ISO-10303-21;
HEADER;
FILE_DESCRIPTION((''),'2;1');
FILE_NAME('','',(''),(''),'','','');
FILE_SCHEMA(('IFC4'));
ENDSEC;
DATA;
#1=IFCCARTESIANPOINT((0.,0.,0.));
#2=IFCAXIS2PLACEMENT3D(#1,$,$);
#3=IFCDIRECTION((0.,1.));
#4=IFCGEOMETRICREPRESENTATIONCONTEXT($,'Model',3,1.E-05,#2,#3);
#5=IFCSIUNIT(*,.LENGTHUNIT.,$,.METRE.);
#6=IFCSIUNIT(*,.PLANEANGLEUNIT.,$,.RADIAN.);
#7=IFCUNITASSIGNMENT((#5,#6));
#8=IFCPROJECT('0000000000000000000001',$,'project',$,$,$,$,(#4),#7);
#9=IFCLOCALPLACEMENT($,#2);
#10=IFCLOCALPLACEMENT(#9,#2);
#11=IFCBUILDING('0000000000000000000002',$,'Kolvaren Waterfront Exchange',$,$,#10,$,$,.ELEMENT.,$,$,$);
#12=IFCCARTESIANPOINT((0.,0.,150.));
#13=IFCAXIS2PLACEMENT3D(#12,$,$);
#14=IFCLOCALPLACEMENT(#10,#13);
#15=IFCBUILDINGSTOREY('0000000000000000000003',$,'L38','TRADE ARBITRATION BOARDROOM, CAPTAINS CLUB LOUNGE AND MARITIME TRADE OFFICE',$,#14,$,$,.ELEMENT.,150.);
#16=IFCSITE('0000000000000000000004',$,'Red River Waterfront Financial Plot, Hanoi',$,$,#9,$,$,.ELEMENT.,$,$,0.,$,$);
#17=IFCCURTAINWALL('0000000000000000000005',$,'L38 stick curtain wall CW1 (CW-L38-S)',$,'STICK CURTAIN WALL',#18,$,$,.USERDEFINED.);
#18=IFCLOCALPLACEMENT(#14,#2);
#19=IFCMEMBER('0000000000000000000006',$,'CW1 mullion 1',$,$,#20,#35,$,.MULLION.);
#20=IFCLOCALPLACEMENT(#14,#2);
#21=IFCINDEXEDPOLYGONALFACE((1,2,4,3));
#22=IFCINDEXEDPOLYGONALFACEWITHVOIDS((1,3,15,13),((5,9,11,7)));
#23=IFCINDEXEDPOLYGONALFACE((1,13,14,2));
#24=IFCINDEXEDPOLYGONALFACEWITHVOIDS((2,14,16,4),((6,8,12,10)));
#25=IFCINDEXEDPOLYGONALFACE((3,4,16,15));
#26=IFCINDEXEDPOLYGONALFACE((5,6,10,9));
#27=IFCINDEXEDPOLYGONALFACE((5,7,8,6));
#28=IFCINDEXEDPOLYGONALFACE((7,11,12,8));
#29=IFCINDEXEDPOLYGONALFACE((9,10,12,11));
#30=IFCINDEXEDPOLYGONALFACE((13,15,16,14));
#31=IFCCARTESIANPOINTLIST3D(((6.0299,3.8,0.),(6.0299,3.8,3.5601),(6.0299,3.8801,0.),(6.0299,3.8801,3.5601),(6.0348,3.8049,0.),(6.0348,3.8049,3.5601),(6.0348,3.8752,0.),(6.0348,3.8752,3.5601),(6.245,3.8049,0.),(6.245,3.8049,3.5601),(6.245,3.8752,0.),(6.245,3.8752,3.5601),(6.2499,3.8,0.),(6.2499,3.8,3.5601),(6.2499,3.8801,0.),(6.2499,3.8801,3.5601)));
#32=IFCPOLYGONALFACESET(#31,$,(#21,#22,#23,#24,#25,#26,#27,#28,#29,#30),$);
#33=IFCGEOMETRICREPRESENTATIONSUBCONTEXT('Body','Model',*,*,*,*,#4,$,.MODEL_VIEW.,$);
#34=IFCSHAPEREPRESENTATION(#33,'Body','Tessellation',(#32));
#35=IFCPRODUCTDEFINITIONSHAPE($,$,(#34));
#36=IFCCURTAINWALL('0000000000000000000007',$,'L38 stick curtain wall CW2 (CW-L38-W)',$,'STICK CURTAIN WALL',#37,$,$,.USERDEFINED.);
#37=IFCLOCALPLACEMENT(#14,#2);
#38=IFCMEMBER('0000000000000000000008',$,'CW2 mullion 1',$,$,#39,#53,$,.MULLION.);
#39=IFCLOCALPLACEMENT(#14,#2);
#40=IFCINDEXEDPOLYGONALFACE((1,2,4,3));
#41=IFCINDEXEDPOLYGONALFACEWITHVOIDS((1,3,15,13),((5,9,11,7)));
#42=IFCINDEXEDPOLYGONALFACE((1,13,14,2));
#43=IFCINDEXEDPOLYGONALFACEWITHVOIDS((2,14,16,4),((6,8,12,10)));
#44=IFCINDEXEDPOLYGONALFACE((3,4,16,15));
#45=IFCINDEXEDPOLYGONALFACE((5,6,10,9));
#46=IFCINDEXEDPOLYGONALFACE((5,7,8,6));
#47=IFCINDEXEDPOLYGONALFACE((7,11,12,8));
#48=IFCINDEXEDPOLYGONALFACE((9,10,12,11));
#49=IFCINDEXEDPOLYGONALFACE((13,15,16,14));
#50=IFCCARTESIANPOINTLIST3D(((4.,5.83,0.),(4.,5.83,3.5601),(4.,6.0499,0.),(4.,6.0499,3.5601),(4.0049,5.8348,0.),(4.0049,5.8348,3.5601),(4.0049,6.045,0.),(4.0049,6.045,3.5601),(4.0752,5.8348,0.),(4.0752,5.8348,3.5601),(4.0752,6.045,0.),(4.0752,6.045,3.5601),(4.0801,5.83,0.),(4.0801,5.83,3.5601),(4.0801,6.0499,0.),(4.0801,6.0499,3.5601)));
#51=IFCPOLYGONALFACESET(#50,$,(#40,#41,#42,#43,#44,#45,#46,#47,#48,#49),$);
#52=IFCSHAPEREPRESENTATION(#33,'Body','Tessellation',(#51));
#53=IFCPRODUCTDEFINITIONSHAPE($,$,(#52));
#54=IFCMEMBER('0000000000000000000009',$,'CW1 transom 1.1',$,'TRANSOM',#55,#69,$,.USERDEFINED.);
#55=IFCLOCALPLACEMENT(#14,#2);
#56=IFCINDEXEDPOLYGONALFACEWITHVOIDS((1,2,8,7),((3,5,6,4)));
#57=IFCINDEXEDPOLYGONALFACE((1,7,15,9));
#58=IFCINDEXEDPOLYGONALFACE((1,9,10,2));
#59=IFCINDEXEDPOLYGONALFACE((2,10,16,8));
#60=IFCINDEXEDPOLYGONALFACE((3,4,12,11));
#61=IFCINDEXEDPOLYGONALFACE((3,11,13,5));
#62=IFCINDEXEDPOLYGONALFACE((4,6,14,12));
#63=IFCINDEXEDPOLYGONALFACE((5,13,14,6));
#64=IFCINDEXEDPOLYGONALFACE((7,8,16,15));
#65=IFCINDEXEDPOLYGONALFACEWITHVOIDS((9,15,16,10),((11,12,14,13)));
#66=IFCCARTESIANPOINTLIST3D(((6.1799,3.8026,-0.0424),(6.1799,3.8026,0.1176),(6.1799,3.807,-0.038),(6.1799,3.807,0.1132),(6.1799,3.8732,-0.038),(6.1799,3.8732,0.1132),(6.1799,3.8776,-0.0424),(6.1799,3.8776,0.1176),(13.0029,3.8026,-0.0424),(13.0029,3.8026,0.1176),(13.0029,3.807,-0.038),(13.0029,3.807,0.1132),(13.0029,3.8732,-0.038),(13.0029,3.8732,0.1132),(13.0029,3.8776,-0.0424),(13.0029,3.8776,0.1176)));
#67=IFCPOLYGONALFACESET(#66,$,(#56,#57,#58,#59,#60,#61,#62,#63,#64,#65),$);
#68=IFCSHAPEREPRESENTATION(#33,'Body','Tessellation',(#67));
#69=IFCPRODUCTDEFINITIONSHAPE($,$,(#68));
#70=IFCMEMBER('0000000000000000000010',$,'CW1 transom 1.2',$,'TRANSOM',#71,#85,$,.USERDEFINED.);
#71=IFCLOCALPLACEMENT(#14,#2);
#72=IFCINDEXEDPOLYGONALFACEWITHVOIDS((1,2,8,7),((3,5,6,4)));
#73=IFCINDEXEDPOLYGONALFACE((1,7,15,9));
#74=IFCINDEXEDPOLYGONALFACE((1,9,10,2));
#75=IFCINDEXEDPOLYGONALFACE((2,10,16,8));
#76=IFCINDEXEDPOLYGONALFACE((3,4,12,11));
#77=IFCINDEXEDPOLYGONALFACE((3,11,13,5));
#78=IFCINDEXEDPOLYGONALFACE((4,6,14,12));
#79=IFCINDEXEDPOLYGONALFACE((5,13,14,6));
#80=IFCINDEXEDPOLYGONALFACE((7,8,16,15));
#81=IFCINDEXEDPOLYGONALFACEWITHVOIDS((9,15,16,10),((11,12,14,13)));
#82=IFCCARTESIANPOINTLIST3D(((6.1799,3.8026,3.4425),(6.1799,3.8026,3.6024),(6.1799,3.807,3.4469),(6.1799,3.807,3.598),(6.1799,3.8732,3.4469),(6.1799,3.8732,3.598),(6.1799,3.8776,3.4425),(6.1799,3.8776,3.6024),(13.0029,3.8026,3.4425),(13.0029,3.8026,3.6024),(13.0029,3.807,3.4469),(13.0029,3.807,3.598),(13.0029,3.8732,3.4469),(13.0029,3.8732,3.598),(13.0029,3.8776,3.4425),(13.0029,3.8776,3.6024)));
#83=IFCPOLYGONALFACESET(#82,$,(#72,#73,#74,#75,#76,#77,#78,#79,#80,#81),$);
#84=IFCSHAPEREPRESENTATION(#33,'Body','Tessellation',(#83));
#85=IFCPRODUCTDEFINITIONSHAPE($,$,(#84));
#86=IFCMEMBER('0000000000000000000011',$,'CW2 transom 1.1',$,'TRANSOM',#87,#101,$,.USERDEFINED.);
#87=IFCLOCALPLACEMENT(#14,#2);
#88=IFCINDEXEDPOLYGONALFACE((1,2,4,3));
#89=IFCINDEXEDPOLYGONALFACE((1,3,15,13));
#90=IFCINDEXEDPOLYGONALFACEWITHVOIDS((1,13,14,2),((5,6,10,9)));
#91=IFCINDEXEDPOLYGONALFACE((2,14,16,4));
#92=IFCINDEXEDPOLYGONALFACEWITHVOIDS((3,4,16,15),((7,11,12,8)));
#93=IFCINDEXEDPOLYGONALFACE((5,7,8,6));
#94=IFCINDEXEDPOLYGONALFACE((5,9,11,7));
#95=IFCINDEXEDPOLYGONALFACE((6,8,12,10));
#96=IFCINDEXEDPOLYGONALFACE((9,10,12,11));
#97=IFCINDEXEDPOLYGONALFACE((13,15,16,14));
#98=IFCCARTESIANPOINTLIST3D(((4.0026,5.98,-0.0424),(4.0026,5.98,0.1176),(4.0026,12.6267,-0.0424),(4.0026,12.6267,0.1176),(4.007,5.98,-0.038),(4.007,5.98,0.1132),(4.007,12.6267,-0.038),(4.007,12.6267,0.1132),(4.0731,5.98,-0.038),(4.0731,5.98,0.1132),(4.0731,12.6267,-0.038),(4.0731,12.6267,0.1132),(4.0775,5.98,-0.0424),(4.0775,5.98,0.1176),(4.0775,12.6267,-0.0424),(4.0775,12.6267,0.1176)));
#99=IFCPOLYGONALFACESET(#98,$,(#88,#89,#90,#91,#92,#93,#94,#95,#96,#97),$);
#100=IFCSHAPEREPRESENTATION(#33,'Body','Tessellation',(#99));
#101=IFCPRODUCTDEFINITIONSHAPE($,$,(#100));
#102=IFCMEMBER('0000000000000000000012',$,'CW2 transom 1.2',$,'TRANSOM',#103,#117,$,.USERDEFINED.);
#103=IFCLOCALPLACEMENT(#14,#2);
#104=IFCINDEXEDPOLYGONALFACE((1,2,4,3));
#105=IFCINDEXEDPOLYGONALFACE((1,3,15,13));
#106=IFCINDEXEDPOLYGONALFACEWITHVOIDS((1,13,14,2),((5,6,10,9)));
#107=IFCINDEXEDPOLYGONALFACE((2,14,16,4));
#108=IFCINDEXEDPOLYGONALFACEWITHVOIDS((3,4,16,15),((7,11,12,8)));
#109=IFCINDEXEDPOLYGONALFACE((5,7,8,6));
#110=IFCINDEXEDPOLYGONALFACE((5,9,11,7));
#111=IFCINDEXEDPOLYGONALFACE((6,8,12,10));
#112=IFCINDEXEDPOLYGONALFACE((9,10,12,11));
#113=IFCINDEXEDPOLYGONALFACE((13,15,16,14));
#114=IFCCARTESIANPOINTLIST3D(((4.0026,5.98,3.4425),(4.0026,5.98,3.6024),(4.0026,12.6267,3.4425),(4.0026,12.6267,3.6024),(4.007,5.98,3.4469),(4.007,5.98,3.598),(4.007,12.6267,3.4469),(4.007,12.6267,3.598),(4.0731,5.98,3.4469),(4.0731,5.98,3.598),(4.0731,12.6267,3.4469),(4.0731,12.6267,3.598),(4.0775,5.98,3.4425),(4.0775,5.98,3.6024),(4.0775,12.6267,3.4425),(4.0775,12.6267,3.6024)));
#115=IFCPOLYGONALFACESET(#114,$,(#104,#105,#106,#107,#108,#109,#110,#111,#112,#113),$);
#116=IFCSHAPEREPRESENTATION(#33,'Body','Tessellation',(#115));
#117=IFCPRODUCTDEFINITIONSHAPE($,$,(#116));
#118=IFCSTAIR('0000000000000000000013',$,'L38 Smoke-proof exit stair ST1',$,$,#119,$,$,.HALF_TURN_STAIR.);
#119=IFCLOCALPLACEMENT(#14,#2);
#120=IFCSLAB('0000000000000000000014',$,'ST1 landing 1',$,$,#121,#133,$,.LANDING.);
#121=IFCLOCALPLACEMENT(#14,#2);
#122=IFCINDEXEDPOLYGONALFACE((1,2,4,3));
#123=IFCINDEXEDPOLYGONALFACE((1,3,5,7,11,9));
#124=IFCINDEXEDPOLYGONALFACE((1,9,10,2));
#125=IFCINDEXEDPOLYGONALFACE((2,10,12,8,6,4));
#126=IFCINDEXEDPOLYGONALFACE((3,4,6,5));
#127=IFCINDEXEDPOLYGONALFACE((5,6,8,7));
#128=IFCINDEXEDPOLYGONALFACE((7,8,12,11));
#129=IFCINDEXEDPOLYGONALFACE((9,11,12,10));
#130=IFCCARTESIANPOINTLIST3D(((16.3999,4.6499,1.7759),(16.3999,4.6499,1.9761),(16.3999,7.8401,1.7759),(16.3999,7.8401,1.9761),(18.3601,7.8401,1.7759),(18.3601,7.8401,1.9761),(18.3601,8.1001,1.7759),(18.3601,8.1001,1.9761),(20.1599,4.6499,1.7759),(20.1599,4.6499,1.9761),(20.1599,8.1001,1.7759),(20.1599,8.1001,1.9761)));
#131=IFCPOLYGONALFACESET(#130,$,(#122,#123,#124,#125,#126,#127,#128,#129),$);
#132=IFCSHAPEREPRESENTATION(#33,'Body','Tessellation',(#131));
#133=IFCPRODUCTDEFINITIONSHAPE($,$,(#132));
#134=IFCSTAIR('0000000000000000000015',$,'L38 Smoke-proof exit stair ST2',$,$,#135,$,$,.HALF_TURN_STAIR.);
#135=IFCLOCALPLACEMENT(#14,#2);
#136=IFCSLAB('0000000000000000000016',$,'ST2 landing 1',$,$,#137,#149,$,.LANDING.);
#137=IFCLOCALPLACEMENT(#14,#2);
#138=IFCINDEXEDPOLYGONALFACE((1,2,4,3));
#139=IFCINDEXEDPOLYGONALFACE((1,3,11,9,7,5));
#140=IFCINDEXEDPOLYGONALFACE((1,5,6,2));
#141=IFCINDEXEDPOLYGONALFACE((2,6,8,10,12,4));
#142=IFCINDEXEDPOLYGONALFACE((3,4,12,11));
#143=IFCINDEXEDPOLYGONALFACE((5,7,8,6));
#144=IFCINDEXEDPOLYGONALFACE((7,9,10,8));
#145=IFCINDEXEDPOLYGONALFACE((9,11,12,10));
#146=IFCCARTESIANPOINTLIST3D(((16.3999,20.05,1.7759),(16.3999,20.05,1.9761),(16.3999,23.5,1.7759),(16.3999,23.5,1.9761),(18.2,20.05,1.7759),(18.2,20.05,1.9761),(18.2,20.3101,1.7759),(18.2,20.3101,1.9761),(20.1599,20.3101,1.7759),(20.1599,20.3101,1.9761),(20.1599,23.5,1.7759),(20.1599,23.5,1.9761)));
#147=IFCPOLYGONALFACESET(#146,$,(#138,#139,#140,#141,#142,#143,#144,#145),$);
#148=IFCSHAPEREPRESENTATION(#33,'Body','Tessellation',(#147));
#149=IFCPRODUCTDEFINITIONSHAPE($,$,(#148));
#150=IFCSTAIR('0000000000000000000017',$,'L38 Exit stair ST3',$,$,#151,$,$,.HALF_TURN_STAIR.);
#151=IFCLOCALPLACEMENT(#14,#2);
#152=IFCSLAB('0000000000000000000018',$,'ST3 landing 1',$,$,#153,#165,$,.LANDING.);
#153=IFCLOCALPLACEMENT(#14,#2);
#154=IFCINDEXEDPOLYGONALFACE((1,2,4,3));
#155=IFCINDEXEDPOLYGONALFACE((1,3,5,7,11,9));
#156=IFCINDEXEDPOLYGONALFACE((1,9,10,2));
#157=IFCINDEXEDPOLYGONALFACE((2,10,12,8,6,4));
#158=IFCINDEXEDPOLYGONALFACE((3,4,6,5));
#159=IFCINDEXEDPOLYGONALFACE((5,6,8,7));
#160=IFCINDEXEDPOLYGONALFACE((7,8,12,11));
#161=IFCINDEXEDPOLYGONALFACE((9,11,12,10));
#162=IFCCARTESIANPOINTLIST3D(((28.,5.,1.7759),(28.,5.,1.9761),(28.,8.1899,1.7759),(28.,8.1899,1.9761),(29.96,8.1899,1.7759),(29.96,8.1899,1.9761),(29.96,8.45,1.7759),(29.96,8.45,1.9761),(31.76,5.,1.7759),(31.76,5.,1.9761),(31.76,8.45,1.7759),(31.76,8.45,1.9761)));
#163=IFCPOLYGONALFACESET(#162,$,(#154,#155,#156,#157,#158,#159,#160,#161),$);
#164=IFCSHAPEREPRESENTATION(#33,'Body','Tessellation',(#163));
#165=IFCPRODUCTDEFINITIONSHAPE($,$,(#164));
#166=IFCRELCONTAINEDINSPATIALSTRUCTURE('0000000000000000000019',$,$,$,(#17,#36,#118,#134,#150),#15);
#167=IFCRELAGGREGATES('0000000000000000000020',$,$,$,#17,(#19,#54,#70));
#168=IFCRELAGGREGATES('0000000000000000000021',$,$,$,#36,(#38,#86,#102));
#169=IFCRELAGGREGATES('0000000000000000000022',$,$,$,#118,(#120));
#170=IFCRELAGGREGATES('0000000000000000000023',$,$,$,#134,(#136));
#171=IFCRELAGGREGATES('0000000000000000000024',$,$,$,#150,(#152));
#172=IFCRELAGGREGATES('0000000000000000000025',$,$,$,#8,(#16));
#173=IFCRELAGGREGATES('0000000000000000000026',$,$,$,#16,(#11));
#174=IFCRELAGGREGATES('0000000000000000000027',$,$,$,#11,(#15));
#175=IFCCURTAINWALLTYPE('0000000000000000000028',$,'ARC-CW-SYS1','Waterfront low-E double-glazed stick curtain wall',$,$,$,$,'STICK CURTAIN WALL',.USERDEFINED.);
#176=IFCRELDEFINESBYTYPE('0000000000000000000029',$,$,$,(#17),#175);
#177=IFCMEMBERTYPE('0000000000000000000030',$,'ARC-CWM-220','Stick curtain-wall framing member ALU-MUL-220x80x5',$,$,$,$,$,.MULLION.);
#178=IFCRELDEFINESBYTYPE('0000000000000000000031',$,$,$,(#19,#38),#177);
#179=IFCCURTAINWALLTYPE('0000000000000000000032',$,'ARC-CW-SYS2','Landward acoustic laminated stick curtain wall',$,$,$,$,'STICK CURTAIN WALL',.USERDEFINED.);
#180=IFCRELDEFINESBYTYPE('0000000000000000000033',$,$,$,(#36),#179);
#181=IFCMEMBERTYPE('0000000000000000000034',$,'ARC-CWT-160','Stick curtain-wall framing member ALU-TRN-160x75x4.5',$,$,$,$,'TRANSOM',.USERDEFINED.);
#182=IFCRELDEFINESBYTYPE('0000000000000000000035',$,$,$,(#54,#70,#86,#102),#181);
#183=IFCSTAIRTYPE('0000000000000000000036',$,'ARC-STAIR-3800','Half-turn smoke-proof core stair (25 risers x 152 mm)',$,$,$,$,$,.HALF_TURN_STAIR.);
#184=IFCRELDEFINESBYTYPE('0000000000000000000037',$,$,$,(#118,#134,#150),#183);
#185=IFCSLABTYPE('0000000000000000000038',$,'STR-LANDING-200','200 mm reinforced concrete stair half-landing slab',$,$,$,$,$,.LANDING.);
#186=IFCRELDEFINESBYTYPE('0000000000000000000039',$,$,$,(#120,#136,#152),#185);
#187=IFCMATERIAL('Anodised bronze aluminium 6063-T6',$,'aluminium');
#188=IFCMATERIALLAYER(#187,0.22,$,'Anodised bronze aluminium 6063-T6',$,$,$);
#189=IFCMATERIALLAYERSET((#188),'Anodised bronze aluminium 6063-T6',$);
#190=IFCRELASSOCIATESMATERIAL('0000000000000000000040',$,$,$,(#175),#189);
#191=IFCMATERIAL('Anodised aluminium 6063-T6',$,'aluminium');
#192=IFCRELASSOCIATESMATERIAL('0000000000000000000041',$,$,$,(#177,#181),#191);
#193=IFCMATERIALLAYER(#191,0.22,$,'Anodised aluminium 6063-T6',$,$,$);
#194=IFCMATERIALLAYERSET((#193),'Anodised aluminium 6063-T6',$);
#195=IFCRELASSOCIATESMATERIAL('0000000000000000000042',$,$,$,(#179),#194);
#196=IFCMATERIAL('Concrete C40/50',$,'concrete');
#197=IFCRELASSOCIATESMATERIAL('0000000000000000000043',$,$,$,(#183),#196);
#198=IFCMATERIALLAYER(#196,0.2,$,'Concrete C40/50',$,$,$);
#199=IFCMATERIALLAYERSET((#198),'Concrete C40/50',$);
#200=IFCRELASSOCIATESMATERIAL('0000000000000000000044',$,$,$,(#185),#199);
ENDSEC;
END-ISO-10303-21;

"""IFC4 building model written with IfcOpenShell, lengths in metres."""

from ifc_helpers import new_model, si_unit, direction, frame, origin, origin_with_axes, origin_2d, place, context, subcontext, project, spatial, polyline, hollow_rectangle, outline, extrude, source, transform, mapped, material, layer, layer_set, material_profile, profile_set, type_object, element, aggregate, save


model = new_model("IFC4")

# Units and contexts
model_context = context("Model", 3, precision=1e-05, world=origin(), true_north=direction((0.0, 1.0)))
body_context = subcontext(model_context, "Body", "Model", "MODEL_VIEW")
ifc_project = project(units=[si_unit("LENGTHUNIT", "METRE"), si_unit("PLANEANGLEUNIT", "RADIAN")], contexts=[model_context])

# Site, building, storey
site_placement = place(None, origin())
site = spatial("IfcSite", under=ifc_project, at=site_placement, Name="Red River Waterfront Financial Plot, Hanoi", CompositionType="ELEMENT", RefElevation=0.0)
building_placement = place(site_placement, origin())
building = spatial("IfcBuilding", under=site, at=building_placement, Name="Kolvaren Waterfront Exchange", CompositionType="ELEMENT")
storey_placement = place(building_placement, frame((0.0, 0.0, 150.0)))
storey = spatial("IfcBuildingStorey", under=building, at=storey_placement, Name="L38", Description="TRADE ARBITRATION BOARDROOM, CAPTAINS CLUB LOUNGE AND MARITIME TRADE OFFICE", CompositionType="ELEMENT", Elevation=150.0)

# Curtain walls, members
ifc_material_1 = material(Name="Anodised bronze aluminium 6063-T6", Category="aluminium")
ifc_layer_1 = layer(ifc_material_1, 0.22, Name="Anodised bronze aluminium 6063-T6")
ifc_layer_set_1 = layer_set([ifc_layer_1], Name="Anodised bronze aluminium 6063-T6")
curtain_wall_type_1 = type_object("IfcCurtainWallType", Name="ARC-CW-SYS1", Description="Waterfront low-E double-glazed stick curtain wall", ElementType="STICK CURTAIN WALL", PredefinedType="USERDEFINED", material=ifc_layer_set_1)
curtain_wall_1_placement = place(storey_placement, origin())
curtain_wall_1 = element("IfcCurtainWall", 1, at=curtain_wall_1_placement, inside=storey, type_object=curtain_wall_type_1, Name="L38 stick curtain wall CW1 (CW-L38-S)", ObjectType="STICK CURTAIN WALL", PredefinedType="USERDEFINED")
ifc_material_2 = material(Name="Anodised aluminium 6063-T6", Category="aluminium")
ifc_material_profile_1 = material_profile(ifc_material_2, hollow_rectangle(XDim=0.0801, YDim=0.22, WallThickness=0.0049, at=origin_2d()), Name="ALU-MUL-220x80x5")
ifc_profile_set_1 = profile_set([ifc_material_profile_1], Name="Anodised aluminium 6063-T6")
member_type_1 = type_object("IfcMemberType", Name="ARC-CWM-220", Description="Stick curtain-wall framing member ALU-MUL-220x80x5", PredefinedType="MULLION", material=ifc_profile_set_1)
shared_shape_1 = source(origin_with_axes(), body_context, "Body", "SweptSolid", [
    extrude(hollow_rectangle(XDim=0.0801, YDim=0.22, WallThickness=0.0049, at=origin_2d()), origin(), (0.0, 0.0, 1.0), 3.5601),
])
member_1_placement = place(storey_placement, frame((6.1399, 3.8401, 0.0), z_axis=(0.0, 0.0, 1.0), x_axis=(0.0, 1.0, 0.0)))
member_1 = element("IfcMember", 2, at=member_1_placement, type_object=member_type_1, Name="CW1 mullion 1", PredefinedType="MULLION", context=body_context, shape_type="MappedRepresentation", body=[
    mapped(shared_shape_1, transform((0.0, 0.0, 0.0), x_axis=(1.0, 0.0, 0.0), y_axis=(0.0, 1.0, 0.0), z_axis=(0.0, 0.0, 1.0), scale=1.0)),
])
ifc_layer_2 = layer(ifc_material_2, 0.22, Name="Anodised aluminium 6063-T6")
ifc_layer_set_2 = layer_set([ifc_layer_2], Name="Anodised aluminium 6063-T6")
curtain_wall_type_2 = type_object("IfcCurtainWallType", Name="ARC-CW-SYS2", Description="Landward acoustic laminated stick curtain wall", ElementType="STICK CURTAIN WALL", PredefinedType="USERDEFINED", material=ifc_layer_set_2)
curtain_wall_2_placement = place(storey_placement, origin())
curtain_wall_2 = element("IfcCurtainWall", 3, at=curtain_wall_2_placement, inside=storey, type_object=curtain_wall_type_2, Name="L38 stick curtain wall CW2 (CW-L38-W)", ObjectType="STICK CURTAIN WALL", PredefinedType="USERDEFINED")
member_2_placement = place(storey_placement, frame((4.04, 5.9399, 0.0), z_axis=(0.0, 0.0, 1.0), x_axis=(-1.0, 0.0, 0.0)))
member_2 = element("IfcMember", 4, at=member_2_placement, type_object=member_type_1, Name="CW2 mullion 1", PredefinedType="MULLION", context=body_context, shape_type="MappedRepresentation", body=[
    mapped(shared_shape_1, transform((0.0, 0.0, 0.0), x_axis=(1.0, 0.0, 0.0), y_axis=(0.0, 1.0, 0.0), z_axis=(0.0, 0.0, 1.0), scale=1.0)),
])

# Members
ifc_material_profile_2 = material_profile(ifc_material_2, hollow_rectangle(XDim=0.075, YDim=0.1599, WallThickness=0.0044, at=origin_2d()), Name="ALU-TRN-160x75x4.5")
ifc_profile_set_2 = profile_set([ifc_material_profile_2], Name="Anodised aluminium 6063-T6")
member_type_2 = type_object("IfcMemberType", Name="ARC-CWT-160", Description="Stick curtain-wall framing member ALU-TRN-160x75x4.5", ElementType="TRANSOM", PredefinedType="USERDEFINED", material=ifc_profile_set_2)
shared_shape_2 = source(origin_with_axes(), body_context, "Body", "SweptSolid", [
    extrude(hollow_rectangle(XDim=0.075, YDim=0.1599, WallThickness=0.0044, at=origin_2d()), origin(), (0.0, 0.0, 1.0), 6.823),
])
member_3_placement = place(storey_placement, frame((6.1799, 3.8401, 0.0376), z_axis=(1.0, 0.0, 0.0), x_axis=(0.0, 1.0, 0.0)))
member_3 = element("IfcMember", 5, at=member_3_placement, type_object=member_type_2, Name="CW1 transom 1.1", ObjectType="TRANSOM", PredefinedType="USERDEFINED", context=body_context, shape_type="MappedRepresentation", body=[
    mapped(shared_shape_2, transform((0.0, 0.0, 0.0), x_axis=(1.0, 0.0, 0.0), y_axis=(0.0, 1.0, 0.0), z_axis=(0.0, 0.0, 1.0), scale=1.0)),
])
member_4_placement = place(storey_placement, frame((6.1799, 3.8401, 3.5225), z_axis=(1.0, 0.0, 0.0), x_axis=(0.0, 1.0, 0.0)))
member_4 = element("IfcMember", 6, at=member_4_placement, type_object=member_type_2, Name="CW1 transom 1.2", ObjectType="TRANSOM", PredefinedType="USERDEFINED", context=body_context, shape_type="MappedRepresentation", body=[
    mapped(shared_shape_2, transform((0.0, 0.0, 0.0), x_axis=(1.0, 0.0, 0.0), y_axis=(0.0, 1.0, 0.0), z_axis=(0.0, 0.0, 1.0), scale=1.0)),
])
aggregate(curtain_wall_1, [member_1, member_3, member_4])
shared_shape_3 = source(origin_with_axes(), body_context, "Body", "SweptSolid", [
    extrude(hollow_rectangle(XDim=0.075, YDim=0.1599, WallThickness=0.0044, at=origin_2d()), origin(), (0.0, 0.0, 1.0), 6.6467),
])
member_5_placement = place(storey_placement, frame((4.04, 5.98, 0.0376), z_axis=(0.0, 1.0, 0.0), x_axis=(-1.0, 0.0, 0.0)))
member_5 = element("IfcMember", 7, at=member_5_placement, type_object=member_type_2, Name="CW2 transom 1.1", ObjectType="TRANSOM", PredefinedType="USERDEFINED", context=body_context, shape_type="MappedRepresentation", body=[
    mapped(shared_shape_3, transform((0.0, 0.0, 0.0), x_axis=(1.0, 0.0, 0.0), y_axis=(0.0, 1.0, 0.0), z_axis=(0.0, 0.0, 1.0), scale=1.0)),
])
member_6_placement = place(storey_placement, frame((4.04, 5.98, 3.5225), z_axis=(0.0, 1.0, 0.0), x_axis=(-1.0, 0.0, 0.0)))
member_6 = element("IfcMember", 8, at=member_6_placement, type_object=member_type_2, Name="CW2 transom 1.2", ObjectType="TRANSOM", PredefinedType="USERDEFINED", context=body_context, shape_type="MappedRepresentation", body=[
    mapped(shared_shape_3, transform((0.0, 0.0, 0.0), x_axis=(1.0, 0.0, 0.0), y_axis=(0.0, 1.0, 0.0), z_axis=(0.0, 0.0, 1.0), scale=1.0)),
])
aggregate(curtain_wall_2, [member_2, member_5, member_6])

# Stairs, slabs
ifc_material_3 = material(Name="Concrete C40/50", Category="concrete")
stair_type = type_object("IfcStairType", Name="ARC-STAIR-3800", Description="Half-turn smoke-proof core stair (25 risers x 152 mm)", PredefinedType="HALF_TURN_STAIR", material=ifc_material_3)
stair_1_placement = place(storey_placement, origin())
stair_1 = element("IfcStair", 9, at=stair_1_placement, inside=storey, type_object=stair_type, Name="L38 Smoke-proof exit stair ST1", PredefinedType="HALF_TURN_STAIR")
ifc_layer_3 = layer(ifc_material_3, 0.2, Name="Concrete C40/50")
ifc_layer_set_3 = layer_set([ifc_layer_3], Name="Concrete C40/50")
slab_type_1 = type_object("IfcSlabType", Name="STR-LANDING-200", Description="200 mm reinforced concrete stair half-landing slab", PredefinedType="LANDING", material=ifc_layer_set_3)
slab_1_placement = place(storey_placement, frame((0.0, 0.0, 1.7759)))
slab_1 = element("IfcSlab", 10, at=slab_1_placement, type_object=slab_type_1, Name="ST1 landing 1", PredefinedType="LANDING", context=body_context, shape_type="SweptSolid", body=[
    extrude(outline(polyline([(16.3999, 7.8401), (16.3999, 4.6499), (20.1599, 4.6499), (20.1599, 8.1001), (18.3601, 8.1001), (18.3601, 7.8401), (16.3999, 7.8401)])), origin(), (0.0, 0.0, 1.0), 0.2002),
])
aggregate(stair_1, [slab_1])
stair_2_placement = place(storey_placement, origin())
stair_2 = element("IfcStair", 11, at=stair_2_placement, inside=storey, type_object=stair_type, Name="L38 Smoke-proof exit stair ST2", PredefinedType="HALF_TURN_STAIR")
slab_2_placement = place(storey_placement, frame((0.0, 0.0, 1.7759)))
slab_2 = element("IfcSlab", 12, at=slab_2_placement, type_object=slab_type_1, Name="ST2 landing 1", PredefinedType="LANDING", context=body_context, shape_type="SweptSolid", body=[
    extrude(outline(polyline([(20.1599, 20.3101), (20.1599, 23.5), (16.3999, 23.5), (16.3999, 20.05), (18.2, 20.05), (18.2, 20.3101), (20.1599, 20.3101)])), origin(), (0.0, 0.0, 1.0), 0.2002),
])
aggregate(stair_2, [slab_2])
stair_3_placement = place(storey_placement, origin())
stair_3 = element("IfcStair", 13, at=stair_3_placement, inside=storey, type_object=stair_type, Name="L38 Exit stair ST3", PredefinedType="HALF_TURN_STAIR")
slab_3_placement = place(storey_placement, frame((0.0, 0.0, 1.7759)))
slab_3 = element("IfcSlab", 14, at=slab_3_placement, type_object=slab_type_1, Name="ST3 landing 1", PredefinedType="LANDING", context=body_context, shape_type="SweptSolid", body=[
    extrude(outline(polyline([(28.0, 8.1899), (28.0, 5.0), (31.76, 5.0), (31.76, 8.45), (29.96, 8.45), (29.96, 8.1899), (28.0, 8.1899)])), origin(), (0.0, 0.0, 1.0), 0.2002),
])
aggregate(stair_3, [slab_3])

save(model, "model.ifc")
